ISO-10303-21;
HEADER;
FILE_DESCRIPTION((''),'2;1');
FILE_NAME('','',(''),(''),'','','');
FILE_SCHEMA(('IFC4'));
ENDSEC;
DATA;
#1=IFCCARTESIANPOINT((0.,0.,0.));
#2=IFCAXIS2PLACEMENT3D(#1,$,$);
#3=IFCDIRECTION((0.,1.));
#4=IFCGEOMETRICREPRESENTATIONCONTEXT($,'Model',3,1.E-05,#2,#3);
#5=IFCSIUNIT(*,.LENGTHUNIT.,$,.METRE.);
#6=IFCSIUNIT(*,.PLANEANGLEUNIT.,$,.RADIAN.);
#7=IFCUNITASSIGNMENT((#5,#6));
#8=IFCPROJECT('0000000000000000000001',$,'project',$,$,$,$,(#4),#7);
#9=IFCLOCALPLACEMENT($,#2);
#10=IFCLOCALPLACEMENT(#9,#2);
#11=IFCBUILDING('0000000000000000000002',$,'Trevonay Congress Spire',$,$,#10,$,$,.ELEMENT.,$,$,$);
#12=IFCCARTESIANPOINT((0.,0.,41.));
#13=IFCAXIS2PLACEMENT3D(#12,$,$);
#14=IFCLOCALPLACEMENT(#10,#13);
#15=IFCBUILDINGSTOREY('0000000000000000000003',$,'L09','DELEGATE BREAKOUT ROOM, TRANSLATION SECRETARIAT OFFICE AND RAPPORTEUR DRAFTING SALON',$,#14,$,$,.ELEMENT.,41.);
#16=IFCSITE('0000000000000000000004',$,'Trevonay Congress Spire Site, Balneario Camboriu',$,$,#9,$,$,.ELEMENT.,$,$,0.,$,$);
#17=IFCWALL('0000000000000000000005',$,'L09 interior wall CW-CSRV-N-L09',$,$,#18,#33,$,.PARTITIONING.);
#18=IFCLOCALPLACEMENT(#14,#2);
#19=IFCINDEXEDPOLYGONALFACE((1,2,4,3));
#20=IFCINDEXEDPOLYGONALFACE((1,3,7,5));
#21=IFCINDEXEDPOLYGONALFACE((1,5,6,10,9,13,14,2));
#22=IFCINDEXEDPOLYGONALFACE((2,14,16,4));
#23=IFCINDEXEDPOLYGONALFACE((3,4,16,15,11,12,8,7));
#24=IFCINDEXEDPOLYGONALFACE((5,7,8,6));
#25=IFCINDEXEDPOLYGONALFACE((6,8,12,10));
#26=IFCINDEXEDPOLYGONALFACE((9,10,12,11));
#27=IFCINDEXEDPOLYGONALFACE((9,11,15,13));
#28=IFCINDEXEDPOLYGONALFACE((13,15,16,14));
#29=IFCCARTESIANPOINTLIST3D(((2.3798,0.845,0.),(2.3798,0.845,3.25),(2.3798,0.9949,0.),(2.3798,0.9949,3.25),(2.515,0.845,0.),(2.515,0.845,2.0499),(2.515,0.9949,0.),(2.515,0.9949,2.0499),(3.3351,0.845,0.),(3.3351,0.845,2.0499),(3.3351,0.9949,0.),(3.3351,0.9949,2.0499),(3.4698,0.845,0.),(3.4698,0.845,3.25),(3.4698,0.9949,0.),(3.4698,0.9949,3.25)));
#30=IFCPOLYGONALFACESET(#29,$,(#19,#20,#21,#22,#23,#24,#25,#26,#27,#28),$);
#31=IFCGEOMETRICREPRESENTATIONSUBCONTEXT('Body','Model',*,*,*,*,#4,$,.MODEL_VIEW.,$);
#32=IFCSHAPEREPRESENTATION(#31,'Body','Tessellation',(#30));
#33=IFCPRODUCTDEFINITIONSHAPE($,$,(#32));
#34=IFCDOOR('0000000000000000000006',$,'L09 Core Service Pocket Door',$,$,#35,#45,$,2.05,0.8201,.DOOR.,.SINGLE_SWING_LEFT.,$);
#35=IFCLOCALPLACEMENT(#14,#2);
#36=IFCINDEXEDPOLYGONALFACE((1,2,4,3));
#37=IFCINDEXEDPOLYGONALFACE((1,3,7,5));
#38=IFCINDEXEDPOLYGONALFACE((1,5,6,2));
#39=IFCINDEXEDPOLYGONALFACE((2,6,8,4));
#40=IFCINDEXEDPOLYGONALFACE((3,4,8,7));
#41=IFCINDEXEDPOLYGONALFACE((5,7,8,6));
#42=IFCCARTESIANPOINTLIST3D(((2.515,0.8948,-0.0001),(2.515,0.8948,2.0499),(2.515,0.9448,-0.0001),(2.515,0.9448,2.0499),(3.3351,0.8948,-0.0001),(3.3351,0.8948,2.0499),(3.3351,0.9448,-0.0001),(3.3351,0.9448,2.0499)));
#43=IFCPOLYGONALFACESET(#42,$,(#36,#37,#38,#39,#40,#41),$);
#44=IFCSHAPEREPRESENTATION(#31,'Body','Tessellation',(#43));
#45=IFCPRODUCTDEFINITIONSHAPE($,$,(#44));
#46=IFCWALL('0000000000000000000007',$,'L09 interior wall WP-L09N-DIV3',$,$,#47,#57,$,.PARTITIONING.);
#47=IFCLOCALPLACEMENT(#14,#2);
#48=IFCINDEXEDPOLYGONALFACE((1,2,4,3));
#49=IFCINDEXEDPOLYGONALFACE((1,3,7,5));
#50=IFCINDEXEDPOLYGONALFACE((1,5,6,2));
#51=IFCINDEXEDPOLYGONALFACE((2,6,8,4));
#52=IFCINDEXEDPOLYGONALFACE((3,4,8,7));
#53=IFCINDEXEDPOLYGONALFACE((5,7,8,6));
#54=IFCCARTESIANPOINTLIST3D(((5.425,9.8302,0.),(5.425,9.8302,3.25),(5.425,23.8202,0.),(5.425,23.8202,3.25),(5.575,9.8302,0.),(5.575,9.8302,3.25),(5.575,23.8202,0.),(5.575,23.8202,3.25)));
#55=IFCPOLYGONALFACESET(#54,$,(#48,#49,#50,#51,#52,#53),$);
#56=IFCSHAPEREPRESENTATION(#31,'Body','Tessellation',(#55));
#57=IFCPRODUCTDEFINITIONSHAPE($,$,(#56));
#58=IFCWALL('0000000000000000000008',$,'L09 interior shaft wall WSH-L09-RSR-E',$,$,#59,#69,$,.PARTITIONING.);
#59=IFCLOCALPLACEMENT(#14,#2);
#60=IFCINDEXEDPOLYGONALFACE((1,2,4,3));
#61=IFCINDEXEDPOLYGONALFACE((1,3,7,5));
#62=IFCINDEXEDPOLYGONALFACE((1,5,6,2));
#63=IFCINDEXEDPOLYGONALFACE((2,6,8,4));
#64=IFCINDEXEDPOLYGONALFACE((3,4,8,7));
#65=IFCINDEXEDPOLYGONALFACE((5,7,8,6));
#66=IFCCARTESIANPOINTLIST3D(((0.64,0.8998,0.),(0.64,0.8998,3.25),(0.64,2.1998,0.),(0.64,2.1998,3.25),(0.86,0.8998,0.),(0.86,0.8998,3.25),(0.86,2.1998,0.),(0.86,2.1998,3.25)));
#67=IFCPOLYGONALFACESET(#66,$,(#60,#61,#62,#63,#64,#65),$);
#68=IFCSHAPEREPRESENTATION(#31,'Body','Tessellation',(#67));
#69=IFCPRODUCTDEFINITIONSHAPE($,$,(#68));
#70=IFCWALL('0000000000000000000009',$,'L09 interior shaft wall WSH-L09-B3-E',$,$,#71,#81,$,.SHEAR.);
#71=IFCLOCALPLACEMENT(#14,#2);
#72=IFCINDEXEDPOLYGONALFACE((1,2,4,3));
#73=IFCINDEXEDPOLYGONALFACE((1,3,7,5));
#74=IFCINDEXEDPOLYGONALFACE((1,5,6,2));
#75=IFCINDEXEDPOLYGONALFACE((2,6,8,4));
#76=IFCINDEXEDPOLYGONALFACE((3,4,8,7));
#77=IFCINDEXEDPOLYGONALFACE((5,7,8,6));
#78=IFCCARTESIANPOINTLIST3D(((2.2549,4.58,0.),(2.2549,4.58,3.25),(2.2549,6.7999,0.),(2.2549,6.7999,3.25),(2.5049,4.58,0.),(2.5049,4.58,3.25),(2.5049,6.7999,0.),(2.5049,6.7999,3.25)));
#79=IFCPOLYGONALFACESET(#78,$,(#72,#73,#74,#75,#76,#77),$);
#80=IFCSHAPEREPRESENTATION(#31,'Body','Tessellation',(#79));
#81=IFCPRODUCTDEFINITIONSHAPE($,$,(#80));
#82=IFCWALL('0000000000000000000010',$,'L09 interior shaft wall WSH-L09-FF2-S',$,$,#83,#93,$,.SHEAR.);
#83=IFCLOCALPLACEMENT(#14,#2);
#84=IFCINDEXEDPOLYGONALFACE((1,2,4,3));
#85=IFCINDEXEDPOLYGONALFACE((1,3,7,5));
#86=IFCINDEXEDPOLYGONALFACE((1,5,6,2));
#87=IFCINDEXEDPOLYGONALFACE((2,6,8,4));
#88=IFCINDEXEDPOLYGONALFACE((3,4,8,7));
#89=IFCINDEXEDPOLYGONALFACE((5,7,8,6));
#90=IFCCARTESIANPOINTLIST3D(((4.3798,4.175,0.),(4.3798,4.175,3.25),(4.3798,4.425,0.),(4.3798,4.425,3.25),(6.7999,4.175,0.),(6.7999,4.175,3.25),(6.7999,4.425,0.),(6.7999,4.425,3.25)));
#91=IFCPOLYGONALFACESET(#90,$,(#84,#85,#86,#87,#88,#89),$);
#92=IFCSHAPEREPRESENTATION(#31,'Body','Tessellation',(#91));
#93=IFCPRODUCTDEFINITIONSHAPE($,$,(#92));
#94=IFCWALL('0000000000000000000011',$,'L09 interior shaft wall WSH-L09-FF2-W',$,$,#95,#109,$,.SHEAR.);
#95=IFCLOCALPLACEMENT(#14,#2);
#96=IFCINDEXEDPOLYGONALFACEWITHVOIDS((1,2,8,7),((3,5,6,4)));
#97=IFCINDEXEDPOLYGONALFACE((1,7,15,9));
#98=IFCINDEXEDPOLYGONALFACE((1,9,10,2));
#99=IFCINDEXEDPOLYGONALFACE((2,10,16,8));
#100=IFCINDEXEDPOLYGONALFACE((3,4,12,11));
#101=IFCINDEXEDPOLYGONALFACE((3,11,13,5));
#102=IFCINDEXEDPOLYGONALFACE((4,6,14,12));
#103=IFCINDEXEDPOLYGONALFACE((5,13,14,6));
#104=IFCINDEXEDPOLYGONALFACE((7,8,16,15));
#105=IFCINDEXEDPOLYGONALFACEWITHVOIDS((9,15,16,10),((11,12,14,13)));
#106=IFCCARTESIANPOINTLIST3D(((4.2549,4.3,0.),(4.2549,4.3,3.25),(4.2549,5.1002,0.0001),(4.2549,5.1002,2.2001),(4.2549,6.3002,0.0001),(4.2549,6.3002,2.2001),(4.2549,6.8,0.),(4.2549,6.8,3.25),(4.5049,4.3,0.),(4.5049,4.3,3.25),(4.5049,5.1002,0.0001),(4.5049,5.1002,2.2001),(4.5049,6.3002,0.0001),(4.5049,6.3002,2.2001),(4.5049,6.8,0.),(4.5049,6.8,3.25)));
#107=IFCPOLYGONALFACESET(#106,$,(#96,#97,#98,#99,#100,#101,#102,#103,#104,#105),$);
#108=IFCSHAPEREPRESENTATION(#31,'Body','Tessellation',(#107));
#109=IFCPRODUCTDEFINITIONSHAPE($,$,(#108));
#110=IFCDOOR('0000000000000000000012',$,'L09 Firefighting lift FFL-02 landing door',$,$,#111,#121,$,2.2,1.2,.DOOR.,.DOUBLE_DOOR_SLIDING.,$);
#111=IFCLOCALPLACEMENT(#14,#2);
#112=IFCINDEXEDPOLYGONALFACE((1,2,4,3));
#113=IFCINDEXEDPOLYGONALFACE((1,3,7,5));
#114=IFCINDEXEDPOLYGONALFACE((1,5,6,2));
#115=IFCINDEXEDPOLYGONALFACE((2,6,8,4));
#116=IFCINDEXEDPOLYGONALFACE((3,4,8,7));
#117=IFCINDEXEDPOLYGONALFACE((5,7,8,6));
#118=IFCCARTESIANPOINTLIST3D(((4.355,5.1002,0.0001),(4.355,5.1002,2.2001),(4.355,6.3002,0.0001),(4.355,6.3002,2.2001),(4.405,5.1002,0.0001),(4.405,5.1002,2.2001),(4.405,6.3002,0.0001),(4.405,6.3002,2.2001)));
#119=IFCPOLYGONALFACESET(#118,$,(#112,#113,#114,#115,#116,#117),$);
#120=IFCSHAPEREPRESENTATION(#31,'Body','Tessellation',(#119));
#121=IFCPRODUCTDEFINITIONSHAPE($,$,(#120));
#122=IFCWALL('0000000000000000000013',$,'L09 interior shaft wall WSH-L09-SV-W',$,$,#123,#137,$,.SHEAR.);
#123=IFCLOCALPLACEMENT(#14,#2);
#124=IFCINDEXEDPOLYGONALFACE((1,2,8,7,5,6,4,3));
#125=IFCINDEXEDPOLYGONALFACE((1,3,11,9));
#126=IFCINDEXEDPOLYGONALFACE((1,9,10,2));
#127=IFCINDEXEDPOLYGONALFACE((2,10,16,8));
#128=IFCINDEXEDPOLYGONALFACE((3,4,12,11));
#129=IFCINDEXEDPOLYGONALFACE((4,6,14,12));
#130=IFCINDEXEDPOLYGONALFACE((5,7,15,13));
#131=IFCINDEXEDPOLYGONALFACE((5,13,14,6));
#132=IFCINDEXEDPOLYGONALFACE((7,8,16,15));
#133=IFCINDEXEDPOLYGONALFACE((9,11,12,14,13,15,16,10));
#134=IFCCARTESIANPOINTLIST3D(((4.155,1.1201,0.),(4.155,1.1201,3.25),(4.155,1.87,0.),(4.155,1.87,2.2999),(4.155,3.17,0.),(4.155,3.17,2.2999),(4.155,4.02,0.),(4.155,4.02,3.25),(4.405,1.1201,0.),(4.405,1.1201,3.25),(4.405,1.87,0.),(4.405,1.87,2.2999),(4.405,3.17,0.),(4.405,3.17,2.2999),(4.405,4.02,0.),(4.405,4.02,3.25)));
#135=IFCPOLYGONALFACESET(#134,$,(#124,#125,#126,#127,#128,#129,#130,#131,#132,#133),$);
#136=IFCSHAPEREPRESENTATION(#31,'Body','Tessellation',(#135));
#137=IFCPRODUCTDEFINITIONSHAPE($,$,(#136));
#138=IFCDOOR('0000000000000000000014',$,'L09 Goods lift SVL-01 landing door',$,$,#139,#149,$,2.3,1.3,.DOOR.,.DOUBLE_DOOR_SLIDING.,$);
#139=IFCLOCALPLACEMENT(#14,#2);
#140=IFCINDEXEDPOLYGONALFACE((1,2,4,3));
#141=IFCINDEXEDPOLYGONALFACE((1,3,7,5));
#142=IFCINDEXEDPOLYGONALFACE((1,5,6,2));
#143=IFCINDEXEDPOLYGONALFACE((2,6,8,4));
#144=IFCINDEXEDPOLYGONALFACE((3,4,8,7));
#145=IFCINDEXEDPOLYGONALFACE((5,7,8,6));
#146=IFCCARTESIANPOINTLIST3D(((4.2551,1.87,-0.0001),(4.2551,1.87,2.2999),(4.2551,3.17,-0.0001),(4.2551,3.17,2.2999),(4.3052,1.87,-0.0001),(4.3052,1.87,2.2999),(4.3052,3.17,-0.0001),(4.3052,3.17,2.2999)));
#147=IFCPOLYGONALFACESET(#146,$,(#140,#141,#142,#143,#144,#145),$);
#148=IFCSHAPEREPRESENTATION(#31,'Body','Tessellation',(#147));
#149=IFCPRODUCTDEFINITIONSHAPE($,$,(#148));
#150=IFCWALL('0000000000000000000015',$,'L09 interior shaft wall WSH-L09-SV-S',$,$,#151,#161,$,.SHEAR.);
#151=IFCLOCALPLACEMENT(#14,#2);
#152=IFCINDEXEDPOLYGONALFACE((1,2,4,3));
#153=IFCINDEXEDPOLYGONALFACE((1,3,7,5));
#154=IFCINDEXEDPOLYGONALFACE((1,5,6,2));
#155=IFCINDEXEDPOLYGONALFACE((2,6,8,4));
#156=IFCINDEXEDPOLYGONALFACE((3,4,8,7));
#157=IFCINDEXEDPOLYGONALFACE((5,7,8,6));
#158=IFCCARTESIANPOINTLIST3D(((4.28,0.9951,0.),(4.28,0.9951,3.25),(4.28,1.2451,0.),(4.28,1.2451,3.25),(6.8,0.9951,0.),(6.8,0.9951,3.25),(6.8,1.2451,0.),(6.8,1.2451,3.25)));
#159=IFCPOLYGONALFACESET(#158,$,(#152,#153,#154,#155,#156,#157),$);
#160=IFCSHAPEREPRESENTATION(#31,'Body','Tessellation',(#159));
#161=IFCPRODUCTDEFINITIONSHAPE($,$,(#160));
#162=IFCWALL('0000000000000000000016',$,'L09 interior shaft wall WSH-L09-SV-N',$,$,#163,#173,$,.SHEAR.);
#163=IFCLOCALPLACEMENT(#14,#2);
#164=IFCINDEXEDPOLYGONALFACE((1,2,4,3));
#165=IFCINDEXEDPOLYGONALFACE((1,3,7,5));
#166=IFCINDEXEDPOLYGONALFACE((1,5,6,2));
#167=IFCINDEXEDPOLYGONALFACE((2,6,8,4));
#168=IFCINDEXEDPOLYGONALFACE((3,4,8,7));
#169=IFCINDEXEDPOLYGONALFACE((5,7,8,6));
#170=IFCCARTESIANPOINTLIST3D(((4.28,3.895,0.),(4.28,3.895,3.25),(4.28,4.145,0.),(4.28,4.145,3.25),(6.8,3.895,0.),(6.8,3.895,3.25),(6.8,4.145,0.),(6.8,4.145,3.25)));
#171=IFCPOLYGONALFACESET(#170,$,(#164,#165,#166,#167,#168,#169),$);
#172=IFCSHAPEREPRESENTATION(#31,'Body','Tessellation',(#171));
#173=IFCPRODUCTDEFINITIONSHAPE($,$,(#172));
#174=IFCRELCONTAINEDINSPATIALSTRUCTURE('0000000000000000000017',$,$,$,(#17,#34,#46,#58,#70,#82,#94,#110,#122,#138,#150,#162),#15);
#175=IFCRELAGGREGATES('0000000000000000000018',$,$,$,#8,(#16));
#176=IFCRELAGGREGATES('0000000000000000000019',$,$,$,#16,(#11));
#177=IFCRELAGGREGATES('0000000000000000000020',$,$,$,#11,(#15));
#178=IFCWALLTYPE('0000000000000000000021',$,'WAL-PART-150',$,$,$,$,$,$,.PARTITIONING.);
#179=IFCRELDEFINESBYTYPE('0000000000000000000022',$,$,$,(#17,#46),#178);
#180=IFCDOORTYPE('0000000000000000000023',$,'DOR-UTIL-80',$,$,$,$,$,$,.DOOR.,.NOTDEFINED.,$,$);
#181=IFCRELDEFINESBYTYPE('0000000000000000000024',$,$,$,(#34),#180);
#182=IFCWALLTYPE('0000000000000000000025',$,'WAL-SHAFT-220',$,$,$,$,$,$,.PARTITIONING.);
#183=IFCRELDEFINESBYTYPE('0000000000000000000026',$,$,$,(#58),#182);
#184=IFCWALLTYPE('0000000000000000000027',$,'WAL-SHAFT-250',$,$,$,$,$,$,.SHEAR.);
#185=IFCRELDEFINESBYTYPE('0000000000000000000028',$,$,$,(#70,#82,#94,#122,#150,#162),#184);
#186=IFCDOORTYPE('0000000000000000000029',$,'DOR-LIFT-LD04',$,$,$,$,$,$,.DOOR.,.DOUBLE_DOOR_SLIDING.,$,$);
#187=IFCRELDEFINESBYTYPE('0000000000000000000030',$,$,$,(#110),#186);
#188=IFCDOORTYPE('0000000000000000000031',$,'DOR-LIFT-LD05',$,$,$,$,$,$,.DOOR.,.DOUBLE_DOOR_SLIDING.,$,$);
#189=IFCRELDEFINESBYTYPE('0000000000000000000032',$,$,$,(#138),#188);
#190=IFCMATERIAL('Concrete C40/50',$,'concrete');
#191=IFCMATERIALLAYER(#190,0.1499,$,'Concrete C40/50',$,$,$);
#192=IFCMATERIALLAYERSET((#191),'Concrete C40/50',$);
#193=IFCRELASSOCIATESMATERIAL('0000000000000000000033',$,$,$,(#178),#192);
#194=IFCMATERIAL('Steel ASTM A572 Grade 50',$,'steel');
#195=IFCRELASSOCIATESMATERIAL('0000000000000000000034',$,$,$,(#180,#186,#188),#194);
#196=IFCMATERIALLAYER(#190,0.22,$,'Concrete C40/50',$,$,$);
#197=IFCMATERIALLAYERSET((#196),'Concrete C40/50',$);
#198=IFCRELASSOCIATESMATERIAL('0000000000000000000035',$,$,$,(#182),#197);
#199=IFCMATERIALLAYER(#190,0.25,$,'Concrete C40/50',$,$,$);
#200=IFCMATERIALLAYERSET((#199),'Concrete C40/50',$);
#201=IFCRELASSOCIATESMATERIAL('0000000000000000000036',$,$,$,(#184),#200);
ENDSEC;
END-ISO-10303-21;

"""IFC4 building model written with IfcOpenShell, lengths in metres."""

from ifc_helpers import new_model, si_unit, direction, frame, frame_2d, origin, place, context, subcontext, project, spatial, rectangle, extrude, material, layer, layer_set, type_object, element, fill, save


model = new_model("IFC4")

# Units and contexts
model_context = context("Model", 3, precision=1e-05, world=origin(), true_north=direction((0.0, 1.0)))
body_context = subcontext(model_context, "Body", "Model", "MODEL_VIEW")
ifc_project = project(units=[si_unit("LENGTHUNIT", "METRE"), si_unit("PLANEANGLEUNIT", "RADIAN")], contexts=[model_context])

# Site, building, storey
site_placement = place(None, origin())
site = spatial("IfcSite", under=ifc_project, at=site_placement, Name="Trevonay Congress Spire Site, Balneario Camboriu", CompositionType="ELEMENT", RefElevation=0.0)
building_placement = place(site_placement, origin())
building = spatial("IfcBuilding", under=site, at=building_placement, Name="Trevonay Congress Spire", CompositionType="ELEMENT")
storey_placement = place(building_placement, frame((0.0, 0.0, 41.0)))
storey = spatial("IfcBuildingStorey", under=building, at=storey_placement, Name="L09", Description="DELEGATE BREAKOUT ROOM, TRANSLATION SECRETARIAT OFFICE AND RAPPORTEUR DRAFTING SALON", CompositionType="ELEMENT", Elevation=41.0)

# Shared definitions
ifc_material_1 = material(Name="Steel ASTM A572 Grade 50", Category="steel")

# Wall, opening, door
ifc_material_2 = material(Name="Concrete C40/50", Category="concrete")
ifc_layer_1 = layer(ifc_material_2, 0.1499, Name="Concrete C40/50")
ifc_layer_set_1 = layer_set([ifc_layer_1], Name="Concrete C40/50")
wall_type_1 = type_object("IfcWallType", Name="WAL-PART-150", PredefinedType="PARTITIONING", material=ifc_layer_set_1)
wall_1_placement = place(storey_placement, frame((2.3799, 0.9199, 0.0), z_axis=(0.0, 0.0, 1.0), x_axis=(1.0, 0.0, 0.0)))
wall_1 = element("IfcWall", 1, at=wall_1_placement, inside=storey, type_object=wall_type_1, Name="L09 interior wall CW-CSRV-N-L09", PredefinedType="PARTITIONING", context=body_context, shape_type="SweptSolid", body=[
    extrude(rectangle(XDim=1.0901, YDim=0.1499, at=frame_2d((0.5449, 0.0))), origin(), (0.0, 0.0, 1.0), 3.25),
])
opening_1_placement = place(wall_1_placement, frame((0.135, 0.0, 0.0)))
opening_1 = element("IfcOpeningElement", 2, at=opening_1_placement, cuts=wall_1, PredefinedType="OPENING", context=body_context, shape_type="SweptSolid", body=[
    extrude(rectangle(XDim=0.8201, YDim=2.05, at=frame_2d((0.4102, 1.0249))), frame((0.0, 0.085, 0.0), z_axis=(0.0, -1.0, 0.0), x_axis=(1.0, 0.0, 0.0)), (0.0, 0.0, 1.0), 0.1699),
])
door_type_1 = type_object("IfcDoorType", Name="DOR-UTIL-80", OperationType="NOTDEFINED", PredefinedType="DOOR", material=ifc_material_1)
door_1_placement = place(opening_1_placement, origin())
door_1 = element("IfcDoor", 3, at=door_1_placement, inside=storey, type_object=door_type_1, Name="L09 Core Service Pocket Door", OperationType="SINGLE_SWING_LEFT", OverallHeight=2.05, OverallWidth=0.8201, PredefinedType="DOOR", context=body_context, shape_type="SweptSolid", body=[
    extrude(rectangle(XDim=0.8201, YDim=2.05, at=frame_2d((0.4102, 1.0249))), frame((0.0, 0.0249, 0.0), z_axis=(0.0, -1.0, 0.0), x_axis=(1.0, 0.0, 0.0)), (0.0, 0.0, 1.0), 0.05),
])
fill(opening_1, door_1)

# Walls
wall_2_placement = place(storey_placement, frame((5.5, 9.8301, 0.0), z_axis=(0.0, 0.0, 1.0), x_axis=(0.0, 1.0, 0.0)))
element("IfcWall", 4, at=wall_2_placement, inside=storey, type_object=wall_type_1, Name="L09 interior wall WP-L09N-DIV3", PredefinedType="PARTITIONING", context=body_context, shape_type="SweptSolid", body=[
    extrude(rectangle(XDim=13.99, YDim=0.1499, at=frame_2d((6.9951, 0.0))), origin(), (0.0, 0.0, 1.0), 3.25),
])
ifc_layer_2 = layer(ifc_material_2, 0.22, Name="Concrete C40/50")
ifc_layer_set_2 = layer_set([ifc_layer_2], Name="Concrete C40/50")
wall_type_2 = type_object("IfcWallType", Name="WAL-SHAFT-220", PredefinedType="PARTITIONING", material=ifc_layer_set_2)
wall_3_placement = place(storey_placement, frame((0.75, 0.8999, 0.0), z_axis=(0.0, 0.0, 1.0), x_axis=(0.0, 1.0, 0.0)))
element("IfcWall", 5, at=wall_3_placement, inside=storey, type_object=wall_type_2, Name="L09 interior shaft wall WSH-L09-RSR-E", PredefinedType="PARTITIONING", context=body_context, shape_type="SweptSolid", body=[
    extrude(rectangle(XDim=1.3, YDim=0.22, at=frame_2d((0.6499, 0.0))), origin(), (0.0, 0.0, 1.0), 3.25),
])
ifc_layer_3 = layer(ifc_material_2, 0.25, Name="Concrete C40/50")
ifc_layer_set_3 = layer_set([ifc_layer_3], Name="Concrete C40/50")
wall_type_3 = type_object("IfcWallType", Name="WAL-SHAFT-250", PredefinedType="SHEAR", material=ifc_layer_set_3)
wall_4_placement = place(storey_placement, frame((2.3799, 4.5801, 0.0), z_axis=(0.0, 0.0, 1.0), x_axis=(0.0, 1.0, 0.0)))
element("IfcWall", 6, at=wall_4_placement, inside=storey, type_object=wall_type_3, Name="L09 interior shaft wall WSH-L09-B3-E", PredefinedType="SHEAR", context=body_context, shape_type="SweptSolid", body=[
    extrude(rectangle(XDim=2.22, YDim=0.25, at=frame_2d((1.1099, 0.0))), origin(), (0.0, 0.0, 1.0), 3.25),
])
wall_5_placement = place(storey_placement, frame((4.3799, 4.3, 0.0), z_axis=(0.0, 0.0, 1.0), x_axis=(1.0, 0.0, 0.0)))
element("IfcWall", 7, at=wall_5_placement, inside=storey, type_object=wall_type_3, Name="L09 interior shaft wall WSH-L09-FF2-S", PredefinedType="SHEAR", context=body_context, shape_type="SweptSolid", body=[
    extrude(rectangle(XDim=2.4202, YDim=0.25, at=frame_2d((1.21, 0.0))), origin(), (0.0, 0.0, 1.0), 3.25),
])

# Walls, openings, doors
wall_6_placement = place(storey_placement, frame((4.3799, 4.3, 0.0), z_axis=(0.0, 0.0, 1.0), x_axis=(0.0, 1.0, 0.0)))
wall_6 = element("IfcWall", 8, at=wall_6_placement, inside=storey, type_object=wall_type_3, Name="L09 interior shaft wall WSH-L09-FF2-W", PredefinedType="SHEAR", context=body_context, shape_type="SweptSolid", body=[
    extrude(rectangle(XDim=2.5, YDim=0.25, at=frame_2d((1.25, 0.0))), origin(), (0.0, 0.0, 1.0), 3.25),
])
opening_2_placement = place(wall_6_placement, frame((0.8, 0.0, 0.0)))
opening_2 = element("IfcOpeningElement", 9, at=opening_2_placement, cuts=wall_6, PredefinedType="OPENING", context=body_context, shape_type="SweptSolid", body=[
    extrude(rectangle(XDim=1.2, YDim=2.2, at=frame_2d((0.6001, 1.1001))), frame((0.0, 0.135, 0.0), z_axis=(0.0, -1.0, 0.0), x_axis=(1.0, 0.0, 0.0)), (0.0, 0.0, 1.0), 0.27),
])
door_type_2 = type_object("IfcDoorType", Name="DOR-LIFT-LD04", OperationType="DOUBLE_DOOR_SLIDING", PredefinedType="DOOR", material=ifc_material_1)
door_2_placement = place(opening_2_placement, origin())
door_2 = element("IfcDoor", 10, at=door_2_placement, inside=storey, type_object=door_type_2, Name="L09 Firefighting lift FFL-02 landing door", OperationType="DOUBLE_DOOR_SLIDING", OverallHeight=2.2, OverallWidth=1.2, PredefinedType="DOOR", context=body_context, shape_type="SweptSolid", body=[
    extrude(rectangle(XDim=1.2, YDim=2.2, at=frame_2d((0.6001, 1.1001))), frame((0.0, 0.0249, 0.0), z_axis=(0.0, -1.0, 0.0), x_axis=(1.0, 0.0, 0.0)), (0.0, 0.0, 1.0), 0.05),
])
fill(opening_2, door_2)
wall_7_placement = place(storey_placement, frame((4.28, 1.1201, 0.0), z_axis=(0.0, 0.0, 1.0), x_axis=(0.0, 1.0, 0.0)))
wall_7 = element("IfcWall", 11, at=wall_7_placement, inside=storey, type_object=wall_type_3, Name="L09 interior shaft wall WSH-L09-SV-W", PredefinedType="SHEAR", context=body_context, shape_type="SweptSolid", body=[
    extrude(rectangle(XDim=2.8999, YDim=0.25, at=frame_2d((1.45, 0.0))), origin(), (0.0, 0.0, 1.0), 3.25),
])
opening_3_placement = place(wall_7_placement, frame((0.75, 0.0, 0.0)))
opening_3 = element("IfcOpeningElement", 12, at=opening_3_placement, cuts=wall_7, PredefinedType="OPENING", context=body_context, shape_type="SweptSolid", body=[
    extrude(rectangle(XDim=1.3, YDim=2.3, at=frame_2d((0.6499, 1.1499))), frame((0.0, 0.135, 0.0), z_axis=(0.0, -1.0, 0.0), x_axis=(1.0, 0.0, 0.0)), (0.0, 0.0, 1.0), 0.27),
])
door_type_3 = type_object("IfcDoorType", Name="DOR-LIFT-LD05", OperationType="DOUBLE_DOOR_SLIDING", PredefinedType="DOOR", material=ifc_material_1)
door_3_placement = place(opening_3_placement, origin())
door_3 = element("IfcDoor", 13, at=door_3_placement, inside=storey, type_object=door_type_3, Name="L09 Goods lift SVL-01 landing door", OperationType="DOUBLE_DOOR_SLIDING", OverallHeight=2.3, OverallWidth=1.3, PredefinedType="DOOR", context=body_context, shape_type="SweptSolid", body=[
    extrude(rectangle(XDim=1.3, YDim=2.3, at=frame_2d((0.6499, 1.1499))), frame((0.0, 0.0249, 0.0), z_axis=(0.0, -1.0, 0.0), x_axis=(1.0, 0.0, 0.0)), (0.0, 0.0, 1.0), 0.05),
])
fill(opening_3, door_3)

# Walls
for number, where, z_axis, x_axis, name in (
    (14, (4.28, 1.1201, 0.0), (0.0, 0.0, 1.0), (1.0, 0.0, 0.0), "L09 interior shaft wall WSH-L09-SV-S"),
    (15, (4.28, 4.02, 0.0), (0.0, 0.0, 1.0), (1.0, 0.0, 0.0), "L09 interior shaft wall WSH-L09-SV-N"),
):
    element("IfcWall", number, at=place(storey_placement, frame(where, z_axis=z_axis, x_axis=x_axis)), inside=storey, type_object=wall_type_3, Name=name, PredefinedType="SHEAR", context=body_context, shape_type="SweptSolid", body=[
        extrude(rectangle(XDim=2.52, YDim=0.25, at=frame_2d((1.26, 0.0))), origin(), (0.0, 0.0, 1.0), 3.25),
    ])

save(model, "model.ifc")
